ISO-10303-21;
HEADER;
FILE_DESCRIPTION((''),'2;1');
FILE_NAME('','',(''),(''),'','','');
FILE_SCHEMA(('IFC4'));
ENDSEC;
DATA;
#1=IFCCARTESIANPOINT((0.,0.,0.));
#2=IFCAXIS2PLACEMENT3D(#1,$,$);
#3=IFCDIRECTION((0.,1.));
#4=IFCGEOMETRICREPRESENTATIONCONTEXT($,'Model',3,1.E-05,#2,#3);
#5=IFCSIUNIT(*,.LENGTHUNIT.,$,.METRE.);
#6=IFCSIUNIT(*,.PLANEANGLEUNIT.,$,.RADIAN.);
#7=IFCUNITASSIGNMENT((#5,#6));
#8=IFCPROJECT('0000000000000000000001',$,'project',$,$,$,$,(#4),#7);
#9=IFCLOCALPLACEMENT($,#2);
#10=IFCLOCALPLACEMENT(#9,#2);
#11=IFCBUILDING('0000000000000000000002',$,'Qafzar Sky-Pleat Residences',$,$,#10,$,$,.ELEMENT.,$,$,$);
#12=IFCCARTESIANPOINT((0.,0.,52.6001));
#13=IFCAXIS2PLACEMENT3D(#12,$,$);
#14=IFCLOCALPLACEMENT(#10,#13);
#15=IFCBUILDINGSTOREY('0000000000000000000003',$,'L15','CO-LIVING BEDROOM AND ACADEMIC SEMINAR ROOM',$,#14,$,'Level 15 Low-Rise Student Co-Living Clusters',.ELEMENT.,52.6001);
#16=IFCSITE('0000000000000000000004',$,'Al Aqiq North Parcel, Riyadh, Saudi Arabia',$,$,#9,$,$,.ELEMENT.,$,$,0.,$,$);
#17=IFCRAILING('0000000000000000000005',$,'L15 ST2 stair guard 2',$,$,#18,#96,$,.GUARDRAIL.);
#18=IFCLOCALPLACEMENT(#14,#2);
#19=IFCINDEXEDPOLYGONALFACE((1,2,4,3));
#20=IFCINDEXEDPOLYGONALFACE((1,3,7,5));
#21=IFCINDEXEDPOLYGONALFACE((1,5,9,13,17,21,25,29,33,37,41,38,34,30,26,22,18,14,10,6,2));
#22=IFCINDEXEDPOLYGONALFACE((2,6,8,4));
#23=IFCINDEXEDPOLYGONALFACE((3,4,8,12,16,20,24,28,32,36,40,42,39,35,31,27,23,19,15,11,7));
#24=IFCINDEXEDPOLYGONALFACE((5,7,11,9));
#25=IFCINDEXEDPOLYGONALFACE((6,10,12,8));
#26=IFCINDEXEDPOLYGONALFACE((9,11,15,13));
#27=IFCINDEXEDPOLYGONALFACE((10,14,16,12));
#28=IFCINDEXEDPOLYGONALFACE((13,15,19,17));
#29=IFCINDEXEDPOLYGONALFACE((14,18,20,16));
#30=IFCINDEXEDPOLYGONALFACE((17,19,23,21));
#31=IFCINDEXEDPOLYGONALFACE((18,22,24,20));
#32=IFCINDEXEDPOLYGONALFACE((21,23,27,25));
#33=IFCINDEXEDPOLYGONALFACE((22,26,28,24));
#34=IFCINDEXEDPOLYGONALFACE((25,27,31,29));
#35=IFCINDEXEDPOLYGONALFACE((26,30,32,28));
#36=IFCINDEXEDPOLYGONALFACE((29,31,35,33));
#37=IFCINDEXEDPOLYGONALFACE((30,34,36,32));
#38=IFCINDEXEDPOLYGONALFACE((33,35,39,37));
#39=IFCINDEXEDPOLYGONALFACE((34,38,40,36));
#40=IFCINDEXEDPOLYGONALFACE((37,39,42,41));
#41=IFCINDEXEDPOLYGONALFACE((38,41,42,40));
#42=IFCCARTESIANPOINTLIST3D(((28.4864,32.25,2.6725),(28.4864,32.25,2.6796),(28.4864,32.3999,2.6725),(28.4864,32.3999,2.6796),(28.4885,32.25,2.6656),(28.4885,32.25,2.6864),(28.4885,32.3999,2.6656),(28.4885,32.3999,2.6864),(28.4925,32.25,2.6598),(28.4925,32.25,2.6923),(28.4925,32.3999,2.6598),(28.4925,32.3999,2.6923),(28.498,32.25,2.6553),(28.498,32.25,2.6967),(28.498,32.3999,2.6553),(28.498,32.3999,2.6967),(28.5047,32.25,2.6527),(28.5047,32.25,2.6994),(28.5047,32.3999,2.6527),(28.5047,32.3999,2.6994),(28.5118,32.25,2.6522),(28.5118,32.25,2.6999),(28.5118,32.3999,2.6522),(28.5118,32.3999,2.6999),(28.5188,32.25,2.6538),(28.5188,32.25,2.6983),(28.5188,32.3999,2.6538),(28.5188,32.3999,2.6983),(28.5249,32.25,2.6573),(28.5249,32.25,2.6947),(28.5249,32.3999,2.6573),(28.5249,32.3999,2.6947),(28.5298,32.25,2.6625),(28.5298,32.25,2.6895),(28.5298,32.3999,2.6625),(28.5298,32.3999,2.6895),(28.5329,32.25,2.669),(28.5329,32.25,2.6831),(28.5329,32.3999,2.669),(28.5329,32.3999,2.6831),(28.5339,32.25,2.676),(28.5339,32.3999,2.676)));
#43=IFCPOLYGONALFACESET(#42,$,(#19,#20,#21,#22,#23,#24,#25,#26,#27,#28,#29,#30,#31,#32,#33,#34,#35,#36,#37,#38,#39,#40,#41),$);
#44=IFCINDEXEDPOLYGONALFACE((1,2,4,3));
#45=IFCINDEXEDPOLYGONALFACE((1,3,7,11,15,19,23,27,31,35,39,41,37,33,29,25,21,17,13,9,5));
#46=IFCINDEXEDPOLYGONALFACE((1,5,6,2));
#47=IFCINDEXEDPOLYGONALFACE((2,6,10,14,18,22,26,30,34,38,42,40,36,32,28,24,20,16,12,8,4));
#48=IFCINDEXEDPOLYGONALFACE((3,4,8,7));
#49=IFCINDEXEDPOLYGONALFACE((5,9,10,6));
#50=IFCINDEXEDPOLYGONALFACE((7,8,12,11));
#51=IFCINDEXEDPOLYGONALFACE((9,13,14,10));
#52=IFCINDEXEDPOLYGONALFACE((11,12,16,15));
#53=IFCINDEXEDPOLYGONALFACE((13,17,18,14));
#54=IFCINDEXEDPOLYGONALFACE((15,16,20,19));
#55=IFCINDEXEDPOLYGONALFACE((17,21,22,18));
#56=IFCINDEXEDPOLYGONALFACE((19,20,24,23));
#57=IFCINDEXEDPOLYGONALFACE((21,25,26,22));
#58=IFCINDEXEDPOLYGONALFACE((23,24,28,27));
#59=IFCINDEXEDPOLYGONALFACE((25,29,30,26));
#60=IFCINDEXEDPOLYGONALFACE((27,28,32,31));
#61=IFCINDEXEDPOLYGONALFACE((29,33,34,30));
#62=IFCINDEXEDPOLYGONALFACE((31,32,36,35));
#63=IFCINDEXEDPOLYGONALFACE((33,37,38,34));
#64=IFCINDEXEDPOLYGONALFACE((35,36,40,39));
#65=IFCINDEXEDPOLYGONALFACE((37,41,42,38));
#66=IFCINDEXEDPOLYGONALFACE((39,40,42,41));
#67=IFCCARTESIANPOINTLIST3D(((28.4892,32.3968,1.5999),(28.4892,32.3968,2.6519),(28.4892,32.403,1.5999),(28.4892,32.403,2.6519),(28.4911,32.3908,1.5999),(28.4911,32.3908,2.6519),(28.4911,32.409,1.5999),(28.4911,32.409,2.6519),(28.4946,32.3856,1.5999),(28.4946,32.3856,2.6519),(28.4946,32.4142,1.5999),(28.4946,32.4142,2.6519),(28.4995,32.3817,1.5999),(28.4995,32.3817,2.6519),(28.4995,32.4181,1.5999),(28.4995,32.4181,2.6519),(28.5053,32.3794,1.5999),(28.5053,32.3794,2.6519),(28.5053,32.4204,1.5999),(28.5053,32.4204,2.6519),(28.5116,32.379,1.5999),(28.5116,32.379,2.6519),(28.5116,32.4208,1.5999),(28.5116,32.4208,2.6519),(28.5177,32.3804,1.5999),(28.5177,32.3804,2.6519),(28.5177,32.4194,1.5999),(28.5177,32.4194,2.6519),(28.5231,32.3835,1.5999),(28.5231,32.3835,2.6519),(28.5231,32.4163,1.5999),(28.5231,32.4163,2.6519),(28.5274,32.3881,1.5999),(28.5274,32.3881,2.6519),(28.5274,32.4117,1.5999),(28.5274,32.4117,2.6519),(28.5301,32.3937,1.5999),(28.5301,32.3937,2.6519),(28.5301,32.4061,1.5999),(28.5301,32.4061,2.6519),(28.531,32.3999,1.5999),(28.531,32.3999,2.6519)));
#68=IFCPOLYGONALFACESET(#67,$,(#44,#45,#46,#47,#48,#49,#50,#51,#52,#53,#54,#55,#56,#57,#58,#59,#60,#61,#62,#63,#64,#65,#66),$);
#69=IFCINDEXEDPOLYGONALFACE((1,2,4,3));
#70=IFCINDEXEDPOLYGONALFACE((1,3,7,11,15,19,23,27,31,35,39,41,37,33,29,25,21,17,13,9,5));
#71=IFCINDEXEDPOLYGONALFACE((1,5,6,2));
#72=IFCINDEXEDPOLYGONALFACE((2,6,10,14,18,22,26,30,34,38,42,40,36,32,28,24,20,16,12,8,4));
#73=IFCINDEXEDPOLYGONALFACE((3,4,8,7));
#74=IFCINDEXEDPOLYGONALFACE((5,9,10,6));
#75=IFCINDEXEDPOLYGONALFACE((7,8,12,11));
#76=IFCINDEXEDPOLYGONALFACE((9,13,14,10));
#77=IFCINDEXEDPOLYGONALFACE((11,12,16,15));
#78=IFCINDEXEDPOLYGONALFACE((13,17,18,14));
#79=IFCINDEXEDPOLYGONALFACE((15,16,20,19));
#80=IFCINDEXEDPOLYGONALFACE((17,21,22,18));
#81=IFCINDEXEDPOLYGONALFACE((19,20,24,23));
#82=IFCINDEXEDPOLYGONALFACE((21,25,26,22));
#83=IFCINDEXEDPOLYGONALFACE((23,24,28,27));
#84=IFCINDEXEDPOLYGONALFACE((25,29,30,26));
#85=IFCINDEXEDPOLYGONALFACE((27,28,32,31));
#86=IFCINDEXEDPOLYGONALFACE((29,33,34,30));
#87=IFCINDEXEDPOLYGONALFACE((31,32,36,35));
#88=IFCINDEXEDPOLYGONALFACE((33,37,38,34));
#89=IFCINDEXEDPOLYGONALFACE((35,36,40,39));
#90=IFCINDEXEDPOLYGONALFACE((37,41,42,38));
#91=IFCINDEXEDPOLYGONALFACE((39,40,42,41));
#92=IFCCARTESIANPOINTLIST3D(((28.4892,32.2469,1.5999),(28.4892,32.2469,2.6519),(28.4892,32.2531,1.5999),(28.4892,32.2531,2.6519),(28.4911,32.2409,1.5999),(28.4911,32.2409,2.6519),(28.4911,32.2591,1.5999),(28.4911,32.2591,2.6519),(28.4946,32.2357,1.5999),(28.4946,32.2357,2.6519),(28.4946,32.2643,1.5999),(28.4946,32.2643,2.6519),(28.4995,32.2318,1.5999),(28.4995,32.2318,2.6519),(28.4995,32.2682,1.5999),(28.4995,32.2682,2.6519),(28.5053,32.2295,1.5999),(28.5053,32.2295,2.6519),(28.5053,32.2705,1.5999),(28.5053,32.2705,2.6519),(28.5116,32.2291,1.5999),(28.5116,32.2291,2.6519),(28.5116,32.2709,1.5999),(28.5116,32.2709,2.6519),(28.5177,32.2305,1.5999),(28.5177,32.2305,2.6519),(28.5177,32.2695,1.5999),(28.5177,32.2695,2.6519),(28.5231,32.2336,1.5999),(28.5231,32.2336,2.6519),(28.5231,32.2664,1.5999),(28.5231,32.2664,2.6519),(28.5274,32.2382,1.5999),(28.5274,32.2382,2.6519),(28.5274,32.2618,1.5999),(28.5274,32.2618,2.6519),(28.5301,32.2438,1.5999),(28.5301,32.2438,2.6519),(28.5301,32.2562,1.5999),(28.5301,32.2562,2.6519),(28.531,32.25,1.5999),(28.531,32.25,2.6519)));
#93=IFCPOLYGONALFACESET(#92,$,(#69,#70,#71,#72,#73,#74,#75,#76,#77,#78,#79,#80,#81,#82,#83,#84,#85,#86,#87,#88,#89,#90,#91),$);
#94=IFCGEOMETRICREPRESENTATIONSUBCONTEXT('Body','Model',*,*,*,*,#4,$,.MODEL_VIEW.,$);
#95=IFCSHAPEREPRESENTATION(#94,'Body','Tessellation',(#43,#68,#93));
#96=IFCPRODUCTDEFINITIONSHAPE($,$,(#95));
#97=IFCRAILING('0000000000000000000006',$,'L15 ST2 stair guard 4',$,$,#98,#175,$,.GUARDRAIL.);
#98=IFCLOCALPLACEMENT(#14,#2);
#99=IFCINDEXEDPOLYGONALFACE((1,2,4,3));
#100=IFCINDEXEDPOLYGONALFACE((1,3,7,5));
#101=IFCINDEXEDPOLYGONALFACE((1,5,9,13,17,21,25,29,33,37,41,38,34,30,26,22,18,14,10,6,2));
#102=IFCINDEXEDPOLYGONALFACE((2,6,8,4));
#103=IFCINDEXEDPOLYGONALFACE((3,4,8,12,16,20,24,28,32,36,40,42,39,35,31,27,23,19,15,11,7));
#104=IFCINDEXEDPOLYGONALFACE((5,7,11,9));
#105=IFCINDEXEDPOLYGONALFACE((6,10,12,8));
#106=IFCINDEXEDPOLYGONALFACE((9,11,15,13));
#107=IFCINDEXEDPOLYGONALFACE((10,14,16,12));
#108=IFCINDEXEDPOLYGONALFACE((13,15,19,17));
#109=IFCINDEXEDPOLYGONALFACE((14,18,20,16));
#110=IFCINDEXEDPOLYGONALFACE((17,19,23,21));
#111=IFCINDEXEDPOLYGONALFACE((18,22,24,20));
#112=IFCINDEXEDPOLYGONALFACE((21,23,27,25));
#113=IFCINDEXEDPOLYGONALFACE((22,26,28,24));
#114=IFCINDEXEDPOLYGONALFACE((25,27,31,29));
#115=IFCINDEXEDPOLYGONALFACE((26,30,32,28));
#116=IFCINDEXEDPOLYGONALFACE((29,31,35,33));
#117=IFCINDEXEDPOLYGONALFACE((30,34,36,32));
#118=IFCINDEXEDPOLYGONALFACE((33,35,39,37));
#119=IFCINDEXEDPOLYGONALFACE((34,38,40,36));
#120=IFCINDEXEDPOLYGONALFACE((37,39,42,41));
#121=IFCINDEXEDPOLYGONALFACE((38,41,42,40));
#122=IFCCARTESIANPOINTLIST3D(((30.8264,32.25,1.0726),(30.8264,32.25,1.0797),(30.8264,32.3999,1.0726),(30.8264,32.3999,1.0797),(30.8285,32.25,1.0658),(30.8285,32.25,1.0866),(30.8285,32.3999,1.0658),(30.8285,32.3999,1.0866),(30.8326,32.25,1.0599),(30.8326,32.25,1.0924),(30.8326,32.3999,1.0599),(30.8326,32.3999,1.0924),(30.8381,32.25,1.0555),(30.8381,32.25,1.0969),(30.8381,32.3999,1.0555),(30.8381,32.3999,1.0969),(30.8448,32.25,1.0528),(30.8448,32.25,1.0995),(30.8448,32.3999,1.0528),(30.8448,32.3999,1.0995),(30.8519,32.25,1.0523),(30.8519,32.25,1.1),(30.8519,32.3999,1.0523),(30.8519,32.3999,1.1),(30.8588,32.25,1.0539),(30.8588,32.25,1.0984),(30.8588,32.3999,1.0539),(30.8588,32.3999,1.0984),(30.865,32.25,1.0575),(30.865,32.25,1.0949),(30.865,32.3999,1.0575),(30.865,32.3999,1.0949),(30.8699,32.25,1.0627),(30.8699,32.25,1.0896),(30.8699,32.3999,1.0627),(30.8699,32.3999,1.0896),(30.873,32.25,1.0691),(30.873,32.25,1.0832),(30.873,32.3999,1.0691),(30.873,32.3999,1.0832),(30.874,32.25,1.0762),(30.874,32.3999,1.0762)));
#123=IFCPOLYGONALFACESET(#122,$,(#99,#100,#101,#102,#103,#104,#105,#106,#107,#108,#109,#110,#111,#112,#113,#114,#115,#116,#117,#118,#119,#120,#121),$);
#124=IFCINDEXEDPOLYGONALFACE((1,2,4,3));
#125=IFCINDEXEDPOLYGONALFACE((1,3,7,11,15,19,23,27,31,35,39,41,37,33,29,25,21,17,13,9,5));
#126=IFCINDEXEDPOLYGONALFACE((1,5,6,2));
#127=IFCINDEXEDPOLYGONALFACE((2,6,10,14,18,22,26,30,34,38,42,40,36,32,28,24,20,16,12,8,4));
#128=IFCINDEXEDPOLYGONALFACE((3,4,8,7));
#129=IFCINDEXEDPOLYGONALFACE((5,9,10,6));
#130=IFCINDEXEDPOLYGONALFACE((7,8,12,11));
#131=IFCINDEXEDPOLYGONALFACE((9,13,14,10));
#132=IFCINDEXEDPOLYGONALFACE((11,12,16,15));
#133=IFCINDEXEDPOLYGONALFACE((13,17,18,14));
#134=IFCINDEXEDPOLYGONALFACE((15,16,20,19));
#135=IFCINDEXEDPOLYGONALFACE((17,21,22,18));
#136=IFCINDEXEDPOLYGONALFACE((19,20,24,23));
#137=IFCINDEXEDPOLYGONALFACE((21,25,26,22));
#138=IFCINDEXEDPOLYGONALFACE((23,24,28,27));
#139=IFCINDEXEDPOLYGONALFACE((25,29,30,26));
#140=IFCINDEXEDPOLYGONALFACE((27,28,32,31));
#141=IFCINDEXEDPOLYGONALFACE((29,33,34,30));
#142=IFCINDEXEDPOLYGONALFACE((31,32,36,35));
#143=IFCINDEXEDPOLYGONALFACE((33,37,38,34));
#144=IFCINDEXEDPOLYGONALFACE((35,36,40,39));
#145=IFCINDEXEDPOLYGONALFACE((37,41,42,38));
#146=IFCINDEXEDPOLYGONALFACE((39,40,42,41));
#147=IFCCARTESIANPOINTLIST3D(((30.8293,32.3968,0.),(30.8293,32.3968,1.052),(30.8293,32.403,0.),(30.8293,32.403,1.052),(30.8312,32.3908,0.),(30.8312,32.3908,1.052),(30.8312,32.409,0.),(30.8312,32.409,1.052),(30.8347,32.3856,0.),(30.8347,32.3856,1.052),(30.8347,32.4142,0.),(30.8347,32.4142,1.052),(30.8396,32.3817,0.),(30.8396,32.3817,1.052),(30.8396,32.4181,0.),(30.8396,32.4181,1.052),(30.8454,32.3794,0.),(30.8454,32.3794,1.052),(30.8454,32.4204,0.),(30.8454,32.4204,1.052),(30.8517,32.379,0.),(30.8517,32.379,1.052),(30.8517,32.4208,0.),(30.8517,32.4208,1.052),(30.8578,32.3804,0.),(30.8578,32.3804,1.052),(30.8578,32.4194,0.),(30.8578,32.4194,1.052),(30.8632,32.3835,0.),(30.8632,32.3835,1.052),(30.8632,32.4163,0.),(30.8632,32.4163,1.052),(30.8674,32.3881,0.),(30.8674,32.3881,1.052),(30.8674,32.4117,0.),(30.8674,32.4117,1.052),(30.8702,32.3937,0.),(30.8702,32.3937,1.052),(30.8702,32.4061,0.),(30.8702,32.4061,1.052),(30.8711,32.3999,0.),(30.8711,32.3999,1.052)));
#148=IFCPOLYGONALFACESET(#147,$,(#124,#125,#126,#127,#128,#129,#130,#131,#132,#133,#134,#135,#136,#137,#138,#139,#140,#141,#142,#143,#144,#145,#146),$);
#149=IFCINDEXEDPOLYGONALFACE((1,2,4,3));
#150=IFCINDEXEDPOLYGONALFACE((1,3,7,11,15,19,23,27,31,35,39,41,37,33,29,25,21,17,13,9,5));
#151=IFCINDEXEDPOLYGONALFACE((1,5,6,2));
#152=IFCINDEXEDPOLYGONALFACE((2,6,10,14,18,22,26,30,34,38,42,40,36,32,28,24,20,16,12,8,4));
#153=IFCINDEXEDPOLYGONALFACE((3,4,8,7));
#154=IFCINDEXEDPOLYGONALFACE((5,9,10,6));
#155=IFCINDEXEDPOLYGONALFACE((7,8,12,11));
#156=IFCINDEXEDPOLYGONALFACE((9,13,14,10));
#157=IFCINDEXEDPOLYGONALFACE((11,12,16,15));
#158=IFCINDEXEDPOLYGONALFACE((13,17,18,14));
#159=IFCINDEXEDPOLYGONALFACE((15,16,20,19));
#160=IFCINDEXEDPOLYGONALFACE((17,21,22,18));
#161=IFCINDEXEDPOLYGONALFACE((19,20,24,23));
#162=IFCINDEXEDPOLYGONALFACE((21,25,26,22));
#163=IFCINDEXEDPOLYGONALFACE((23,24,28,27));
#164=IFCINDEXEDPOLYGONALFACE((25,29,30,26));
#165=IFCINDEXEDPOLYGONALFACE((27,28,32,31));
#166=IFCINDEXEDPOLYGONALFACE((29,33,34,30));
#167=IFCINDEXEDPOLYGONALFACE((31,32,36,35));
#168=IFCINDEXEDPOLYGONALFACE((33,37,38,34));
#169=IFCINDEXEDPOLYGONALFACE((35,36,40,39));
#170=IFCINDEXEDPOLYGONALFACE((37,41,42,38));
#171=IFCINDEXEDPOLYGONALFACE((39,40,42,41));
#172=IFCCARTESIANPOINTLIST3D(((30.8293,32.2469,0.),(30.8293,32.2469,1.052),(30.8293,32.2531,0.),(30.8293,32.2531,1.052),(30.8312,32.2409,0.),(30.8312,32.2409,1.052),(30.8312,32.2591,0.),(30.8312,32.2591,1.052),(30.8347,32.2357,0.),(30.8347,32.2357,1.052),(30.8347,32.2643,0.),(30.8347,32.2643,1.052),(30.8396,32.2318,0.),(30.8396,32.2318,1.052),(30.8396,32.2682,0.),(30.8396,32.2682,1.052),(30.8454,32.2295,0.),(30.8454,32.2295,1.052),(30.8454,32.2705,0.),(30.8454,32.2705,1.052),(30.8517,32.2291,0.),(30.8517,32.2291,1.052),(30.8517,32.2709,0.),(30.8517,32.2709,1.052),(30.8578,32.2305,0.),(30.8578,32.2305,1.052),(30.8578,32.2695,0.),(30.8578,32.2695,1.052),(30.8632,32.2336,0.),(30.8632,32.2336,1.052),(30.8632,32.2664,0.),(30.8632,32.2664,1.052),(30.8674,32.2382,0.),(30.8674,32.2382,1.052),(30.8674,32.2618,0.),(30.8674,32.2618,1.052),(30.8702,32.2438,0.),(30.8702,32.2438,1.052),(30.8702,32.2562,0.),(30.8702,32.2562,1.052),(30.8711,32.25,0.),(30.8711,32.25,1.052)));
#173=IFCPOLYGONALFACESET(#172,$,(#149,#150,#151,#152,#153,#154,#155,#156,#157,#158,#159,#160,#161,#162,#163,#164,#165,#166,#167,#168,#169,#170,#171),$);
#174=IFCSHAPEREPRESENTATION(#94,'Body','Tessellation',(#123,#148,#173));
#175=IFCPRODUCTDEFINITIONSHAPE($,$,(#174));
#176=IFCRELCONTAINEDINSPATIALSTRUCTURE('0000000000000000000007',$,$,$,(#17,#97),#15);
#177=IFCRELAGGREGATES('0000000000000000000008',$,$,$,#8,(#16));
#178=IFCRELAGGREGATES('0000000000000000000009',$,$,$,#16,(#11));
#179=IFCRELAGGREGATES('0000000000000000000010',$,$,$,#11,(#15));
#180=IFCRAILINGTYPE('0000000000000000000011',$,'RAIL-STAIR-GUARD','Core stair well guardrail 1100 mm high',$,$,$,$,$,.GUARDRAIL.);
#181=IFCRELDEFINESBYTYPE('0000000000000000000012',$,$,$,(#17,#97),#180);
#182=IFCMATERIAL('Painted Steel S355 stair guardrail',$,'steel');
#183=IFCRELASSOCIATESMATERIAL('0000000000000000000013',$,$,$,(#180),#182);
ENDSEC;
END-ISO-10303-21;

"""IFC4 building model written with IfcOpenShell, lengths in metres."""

from ifc_helpers import new_model, si_unit, direction, frame, origin, origin_2d, place, context, subcontext, project, spatial, circle, extrude, source, transform, mapped, material, type_object, element, save


model = new_model("IFC4")

# Units and contexts
model_context = context("Model", 3, precision=1e-05, world=origin(), true_north=direction((0.0, 1.0)))
body_context = subcontext(model_context, "Body", "Model", "MODEL_VIEW")
ifc_project = project(units=[si_unit("LENGTHUNIT", "METRE"), si_unit("PLANEANGLEUNIT", "RADIAN")], contexts=[model_context])

# Site, building, storey
site_placement = place(None, origin())
site = spatial("IfcSite", under=ifc_project, at=site_placement, Name="Al Aqiq North Parcel, Riyadh, Saudi Arabia", CompositionType="ELEMENT", RefElevation=0.0)
building_placement = place(site_placement, origin())
building = spatial("IfcBuilding", under=site, at=building_placement, Name="Qafzar Sky-Pleat Residences", CompositionType="ELEMENT")
storey_placement = place(building_placement, frame((0.0, 0.0, 52.6001)))
storey = spatial("IfcBuildingStorey", under=building, at=storey_placement, Name="L15", Description="CO-LIVING BEDROOM AND ACADEMIC SEMINAR ROOM", LongName="Level 15 Low-Rise Student Co-Living Clusters", CompositionType="ELEMENT", Elevation=52.6001)

# Railings
ifc_material_1 = material(Name="Painted Steel S355 stair guardrail", Category="steel")
railing_type_1 = type_object("IfcRailingType", Name="RAIL-STAIR-GUARD", Description="Core stair well guardrail 1100 mm high", PredefinedType="GUARDRAIL", material=ifc_material_1)
shared_shape_1 = source(origin(), body_context, "Body", "SweptSolid", [
    extrude(circle(Radius=0.0239, at=origin_2d()), frame((0.0, 0.0, 1.0762), z_axis=(0.0, -1.0, 0.0), x_axis=(1.0, 0.0, 0.0)), (0.0, 0.0, 1.0), 0.1499),
    extrude(circle(Radius=0.021, at=origin_2d()), origin(), (0.0, 0.0, 1.0), 1.052),
    extrude(circle(Radius=0.021, at=origin_2d()), frame((0.0, -0.1499, 0.0)), (0.0, 0.0, 1.0), 1.052),
])
for number, where, name in (
    (1, (28.51, 32.3999, 1.5999), "L15 ST2 stair guard 2"),
    (2, (30.8501, 32.3999, 0.0), "L15 ST2 stair guard 4"),
):
    element("IfcRailing", number, at=place(storey_placement, frame(where)), inside=storey, type_object=railing_type_1, Name=name, PredefinedType="GUARDRAIL", context=body_context, shape_type="MappedRepresentation", body=[
        mapped(shared_shape_1, transform((0.0, 0.0, 0.0), x_axis=(1.0, 0.0, 0.0), y_axis=(0.0, 1.0, 0.0), z_axis=(0.0, 0.0, 1.0), scale=1.0)),
    ])

save(model, "model.ifc")
